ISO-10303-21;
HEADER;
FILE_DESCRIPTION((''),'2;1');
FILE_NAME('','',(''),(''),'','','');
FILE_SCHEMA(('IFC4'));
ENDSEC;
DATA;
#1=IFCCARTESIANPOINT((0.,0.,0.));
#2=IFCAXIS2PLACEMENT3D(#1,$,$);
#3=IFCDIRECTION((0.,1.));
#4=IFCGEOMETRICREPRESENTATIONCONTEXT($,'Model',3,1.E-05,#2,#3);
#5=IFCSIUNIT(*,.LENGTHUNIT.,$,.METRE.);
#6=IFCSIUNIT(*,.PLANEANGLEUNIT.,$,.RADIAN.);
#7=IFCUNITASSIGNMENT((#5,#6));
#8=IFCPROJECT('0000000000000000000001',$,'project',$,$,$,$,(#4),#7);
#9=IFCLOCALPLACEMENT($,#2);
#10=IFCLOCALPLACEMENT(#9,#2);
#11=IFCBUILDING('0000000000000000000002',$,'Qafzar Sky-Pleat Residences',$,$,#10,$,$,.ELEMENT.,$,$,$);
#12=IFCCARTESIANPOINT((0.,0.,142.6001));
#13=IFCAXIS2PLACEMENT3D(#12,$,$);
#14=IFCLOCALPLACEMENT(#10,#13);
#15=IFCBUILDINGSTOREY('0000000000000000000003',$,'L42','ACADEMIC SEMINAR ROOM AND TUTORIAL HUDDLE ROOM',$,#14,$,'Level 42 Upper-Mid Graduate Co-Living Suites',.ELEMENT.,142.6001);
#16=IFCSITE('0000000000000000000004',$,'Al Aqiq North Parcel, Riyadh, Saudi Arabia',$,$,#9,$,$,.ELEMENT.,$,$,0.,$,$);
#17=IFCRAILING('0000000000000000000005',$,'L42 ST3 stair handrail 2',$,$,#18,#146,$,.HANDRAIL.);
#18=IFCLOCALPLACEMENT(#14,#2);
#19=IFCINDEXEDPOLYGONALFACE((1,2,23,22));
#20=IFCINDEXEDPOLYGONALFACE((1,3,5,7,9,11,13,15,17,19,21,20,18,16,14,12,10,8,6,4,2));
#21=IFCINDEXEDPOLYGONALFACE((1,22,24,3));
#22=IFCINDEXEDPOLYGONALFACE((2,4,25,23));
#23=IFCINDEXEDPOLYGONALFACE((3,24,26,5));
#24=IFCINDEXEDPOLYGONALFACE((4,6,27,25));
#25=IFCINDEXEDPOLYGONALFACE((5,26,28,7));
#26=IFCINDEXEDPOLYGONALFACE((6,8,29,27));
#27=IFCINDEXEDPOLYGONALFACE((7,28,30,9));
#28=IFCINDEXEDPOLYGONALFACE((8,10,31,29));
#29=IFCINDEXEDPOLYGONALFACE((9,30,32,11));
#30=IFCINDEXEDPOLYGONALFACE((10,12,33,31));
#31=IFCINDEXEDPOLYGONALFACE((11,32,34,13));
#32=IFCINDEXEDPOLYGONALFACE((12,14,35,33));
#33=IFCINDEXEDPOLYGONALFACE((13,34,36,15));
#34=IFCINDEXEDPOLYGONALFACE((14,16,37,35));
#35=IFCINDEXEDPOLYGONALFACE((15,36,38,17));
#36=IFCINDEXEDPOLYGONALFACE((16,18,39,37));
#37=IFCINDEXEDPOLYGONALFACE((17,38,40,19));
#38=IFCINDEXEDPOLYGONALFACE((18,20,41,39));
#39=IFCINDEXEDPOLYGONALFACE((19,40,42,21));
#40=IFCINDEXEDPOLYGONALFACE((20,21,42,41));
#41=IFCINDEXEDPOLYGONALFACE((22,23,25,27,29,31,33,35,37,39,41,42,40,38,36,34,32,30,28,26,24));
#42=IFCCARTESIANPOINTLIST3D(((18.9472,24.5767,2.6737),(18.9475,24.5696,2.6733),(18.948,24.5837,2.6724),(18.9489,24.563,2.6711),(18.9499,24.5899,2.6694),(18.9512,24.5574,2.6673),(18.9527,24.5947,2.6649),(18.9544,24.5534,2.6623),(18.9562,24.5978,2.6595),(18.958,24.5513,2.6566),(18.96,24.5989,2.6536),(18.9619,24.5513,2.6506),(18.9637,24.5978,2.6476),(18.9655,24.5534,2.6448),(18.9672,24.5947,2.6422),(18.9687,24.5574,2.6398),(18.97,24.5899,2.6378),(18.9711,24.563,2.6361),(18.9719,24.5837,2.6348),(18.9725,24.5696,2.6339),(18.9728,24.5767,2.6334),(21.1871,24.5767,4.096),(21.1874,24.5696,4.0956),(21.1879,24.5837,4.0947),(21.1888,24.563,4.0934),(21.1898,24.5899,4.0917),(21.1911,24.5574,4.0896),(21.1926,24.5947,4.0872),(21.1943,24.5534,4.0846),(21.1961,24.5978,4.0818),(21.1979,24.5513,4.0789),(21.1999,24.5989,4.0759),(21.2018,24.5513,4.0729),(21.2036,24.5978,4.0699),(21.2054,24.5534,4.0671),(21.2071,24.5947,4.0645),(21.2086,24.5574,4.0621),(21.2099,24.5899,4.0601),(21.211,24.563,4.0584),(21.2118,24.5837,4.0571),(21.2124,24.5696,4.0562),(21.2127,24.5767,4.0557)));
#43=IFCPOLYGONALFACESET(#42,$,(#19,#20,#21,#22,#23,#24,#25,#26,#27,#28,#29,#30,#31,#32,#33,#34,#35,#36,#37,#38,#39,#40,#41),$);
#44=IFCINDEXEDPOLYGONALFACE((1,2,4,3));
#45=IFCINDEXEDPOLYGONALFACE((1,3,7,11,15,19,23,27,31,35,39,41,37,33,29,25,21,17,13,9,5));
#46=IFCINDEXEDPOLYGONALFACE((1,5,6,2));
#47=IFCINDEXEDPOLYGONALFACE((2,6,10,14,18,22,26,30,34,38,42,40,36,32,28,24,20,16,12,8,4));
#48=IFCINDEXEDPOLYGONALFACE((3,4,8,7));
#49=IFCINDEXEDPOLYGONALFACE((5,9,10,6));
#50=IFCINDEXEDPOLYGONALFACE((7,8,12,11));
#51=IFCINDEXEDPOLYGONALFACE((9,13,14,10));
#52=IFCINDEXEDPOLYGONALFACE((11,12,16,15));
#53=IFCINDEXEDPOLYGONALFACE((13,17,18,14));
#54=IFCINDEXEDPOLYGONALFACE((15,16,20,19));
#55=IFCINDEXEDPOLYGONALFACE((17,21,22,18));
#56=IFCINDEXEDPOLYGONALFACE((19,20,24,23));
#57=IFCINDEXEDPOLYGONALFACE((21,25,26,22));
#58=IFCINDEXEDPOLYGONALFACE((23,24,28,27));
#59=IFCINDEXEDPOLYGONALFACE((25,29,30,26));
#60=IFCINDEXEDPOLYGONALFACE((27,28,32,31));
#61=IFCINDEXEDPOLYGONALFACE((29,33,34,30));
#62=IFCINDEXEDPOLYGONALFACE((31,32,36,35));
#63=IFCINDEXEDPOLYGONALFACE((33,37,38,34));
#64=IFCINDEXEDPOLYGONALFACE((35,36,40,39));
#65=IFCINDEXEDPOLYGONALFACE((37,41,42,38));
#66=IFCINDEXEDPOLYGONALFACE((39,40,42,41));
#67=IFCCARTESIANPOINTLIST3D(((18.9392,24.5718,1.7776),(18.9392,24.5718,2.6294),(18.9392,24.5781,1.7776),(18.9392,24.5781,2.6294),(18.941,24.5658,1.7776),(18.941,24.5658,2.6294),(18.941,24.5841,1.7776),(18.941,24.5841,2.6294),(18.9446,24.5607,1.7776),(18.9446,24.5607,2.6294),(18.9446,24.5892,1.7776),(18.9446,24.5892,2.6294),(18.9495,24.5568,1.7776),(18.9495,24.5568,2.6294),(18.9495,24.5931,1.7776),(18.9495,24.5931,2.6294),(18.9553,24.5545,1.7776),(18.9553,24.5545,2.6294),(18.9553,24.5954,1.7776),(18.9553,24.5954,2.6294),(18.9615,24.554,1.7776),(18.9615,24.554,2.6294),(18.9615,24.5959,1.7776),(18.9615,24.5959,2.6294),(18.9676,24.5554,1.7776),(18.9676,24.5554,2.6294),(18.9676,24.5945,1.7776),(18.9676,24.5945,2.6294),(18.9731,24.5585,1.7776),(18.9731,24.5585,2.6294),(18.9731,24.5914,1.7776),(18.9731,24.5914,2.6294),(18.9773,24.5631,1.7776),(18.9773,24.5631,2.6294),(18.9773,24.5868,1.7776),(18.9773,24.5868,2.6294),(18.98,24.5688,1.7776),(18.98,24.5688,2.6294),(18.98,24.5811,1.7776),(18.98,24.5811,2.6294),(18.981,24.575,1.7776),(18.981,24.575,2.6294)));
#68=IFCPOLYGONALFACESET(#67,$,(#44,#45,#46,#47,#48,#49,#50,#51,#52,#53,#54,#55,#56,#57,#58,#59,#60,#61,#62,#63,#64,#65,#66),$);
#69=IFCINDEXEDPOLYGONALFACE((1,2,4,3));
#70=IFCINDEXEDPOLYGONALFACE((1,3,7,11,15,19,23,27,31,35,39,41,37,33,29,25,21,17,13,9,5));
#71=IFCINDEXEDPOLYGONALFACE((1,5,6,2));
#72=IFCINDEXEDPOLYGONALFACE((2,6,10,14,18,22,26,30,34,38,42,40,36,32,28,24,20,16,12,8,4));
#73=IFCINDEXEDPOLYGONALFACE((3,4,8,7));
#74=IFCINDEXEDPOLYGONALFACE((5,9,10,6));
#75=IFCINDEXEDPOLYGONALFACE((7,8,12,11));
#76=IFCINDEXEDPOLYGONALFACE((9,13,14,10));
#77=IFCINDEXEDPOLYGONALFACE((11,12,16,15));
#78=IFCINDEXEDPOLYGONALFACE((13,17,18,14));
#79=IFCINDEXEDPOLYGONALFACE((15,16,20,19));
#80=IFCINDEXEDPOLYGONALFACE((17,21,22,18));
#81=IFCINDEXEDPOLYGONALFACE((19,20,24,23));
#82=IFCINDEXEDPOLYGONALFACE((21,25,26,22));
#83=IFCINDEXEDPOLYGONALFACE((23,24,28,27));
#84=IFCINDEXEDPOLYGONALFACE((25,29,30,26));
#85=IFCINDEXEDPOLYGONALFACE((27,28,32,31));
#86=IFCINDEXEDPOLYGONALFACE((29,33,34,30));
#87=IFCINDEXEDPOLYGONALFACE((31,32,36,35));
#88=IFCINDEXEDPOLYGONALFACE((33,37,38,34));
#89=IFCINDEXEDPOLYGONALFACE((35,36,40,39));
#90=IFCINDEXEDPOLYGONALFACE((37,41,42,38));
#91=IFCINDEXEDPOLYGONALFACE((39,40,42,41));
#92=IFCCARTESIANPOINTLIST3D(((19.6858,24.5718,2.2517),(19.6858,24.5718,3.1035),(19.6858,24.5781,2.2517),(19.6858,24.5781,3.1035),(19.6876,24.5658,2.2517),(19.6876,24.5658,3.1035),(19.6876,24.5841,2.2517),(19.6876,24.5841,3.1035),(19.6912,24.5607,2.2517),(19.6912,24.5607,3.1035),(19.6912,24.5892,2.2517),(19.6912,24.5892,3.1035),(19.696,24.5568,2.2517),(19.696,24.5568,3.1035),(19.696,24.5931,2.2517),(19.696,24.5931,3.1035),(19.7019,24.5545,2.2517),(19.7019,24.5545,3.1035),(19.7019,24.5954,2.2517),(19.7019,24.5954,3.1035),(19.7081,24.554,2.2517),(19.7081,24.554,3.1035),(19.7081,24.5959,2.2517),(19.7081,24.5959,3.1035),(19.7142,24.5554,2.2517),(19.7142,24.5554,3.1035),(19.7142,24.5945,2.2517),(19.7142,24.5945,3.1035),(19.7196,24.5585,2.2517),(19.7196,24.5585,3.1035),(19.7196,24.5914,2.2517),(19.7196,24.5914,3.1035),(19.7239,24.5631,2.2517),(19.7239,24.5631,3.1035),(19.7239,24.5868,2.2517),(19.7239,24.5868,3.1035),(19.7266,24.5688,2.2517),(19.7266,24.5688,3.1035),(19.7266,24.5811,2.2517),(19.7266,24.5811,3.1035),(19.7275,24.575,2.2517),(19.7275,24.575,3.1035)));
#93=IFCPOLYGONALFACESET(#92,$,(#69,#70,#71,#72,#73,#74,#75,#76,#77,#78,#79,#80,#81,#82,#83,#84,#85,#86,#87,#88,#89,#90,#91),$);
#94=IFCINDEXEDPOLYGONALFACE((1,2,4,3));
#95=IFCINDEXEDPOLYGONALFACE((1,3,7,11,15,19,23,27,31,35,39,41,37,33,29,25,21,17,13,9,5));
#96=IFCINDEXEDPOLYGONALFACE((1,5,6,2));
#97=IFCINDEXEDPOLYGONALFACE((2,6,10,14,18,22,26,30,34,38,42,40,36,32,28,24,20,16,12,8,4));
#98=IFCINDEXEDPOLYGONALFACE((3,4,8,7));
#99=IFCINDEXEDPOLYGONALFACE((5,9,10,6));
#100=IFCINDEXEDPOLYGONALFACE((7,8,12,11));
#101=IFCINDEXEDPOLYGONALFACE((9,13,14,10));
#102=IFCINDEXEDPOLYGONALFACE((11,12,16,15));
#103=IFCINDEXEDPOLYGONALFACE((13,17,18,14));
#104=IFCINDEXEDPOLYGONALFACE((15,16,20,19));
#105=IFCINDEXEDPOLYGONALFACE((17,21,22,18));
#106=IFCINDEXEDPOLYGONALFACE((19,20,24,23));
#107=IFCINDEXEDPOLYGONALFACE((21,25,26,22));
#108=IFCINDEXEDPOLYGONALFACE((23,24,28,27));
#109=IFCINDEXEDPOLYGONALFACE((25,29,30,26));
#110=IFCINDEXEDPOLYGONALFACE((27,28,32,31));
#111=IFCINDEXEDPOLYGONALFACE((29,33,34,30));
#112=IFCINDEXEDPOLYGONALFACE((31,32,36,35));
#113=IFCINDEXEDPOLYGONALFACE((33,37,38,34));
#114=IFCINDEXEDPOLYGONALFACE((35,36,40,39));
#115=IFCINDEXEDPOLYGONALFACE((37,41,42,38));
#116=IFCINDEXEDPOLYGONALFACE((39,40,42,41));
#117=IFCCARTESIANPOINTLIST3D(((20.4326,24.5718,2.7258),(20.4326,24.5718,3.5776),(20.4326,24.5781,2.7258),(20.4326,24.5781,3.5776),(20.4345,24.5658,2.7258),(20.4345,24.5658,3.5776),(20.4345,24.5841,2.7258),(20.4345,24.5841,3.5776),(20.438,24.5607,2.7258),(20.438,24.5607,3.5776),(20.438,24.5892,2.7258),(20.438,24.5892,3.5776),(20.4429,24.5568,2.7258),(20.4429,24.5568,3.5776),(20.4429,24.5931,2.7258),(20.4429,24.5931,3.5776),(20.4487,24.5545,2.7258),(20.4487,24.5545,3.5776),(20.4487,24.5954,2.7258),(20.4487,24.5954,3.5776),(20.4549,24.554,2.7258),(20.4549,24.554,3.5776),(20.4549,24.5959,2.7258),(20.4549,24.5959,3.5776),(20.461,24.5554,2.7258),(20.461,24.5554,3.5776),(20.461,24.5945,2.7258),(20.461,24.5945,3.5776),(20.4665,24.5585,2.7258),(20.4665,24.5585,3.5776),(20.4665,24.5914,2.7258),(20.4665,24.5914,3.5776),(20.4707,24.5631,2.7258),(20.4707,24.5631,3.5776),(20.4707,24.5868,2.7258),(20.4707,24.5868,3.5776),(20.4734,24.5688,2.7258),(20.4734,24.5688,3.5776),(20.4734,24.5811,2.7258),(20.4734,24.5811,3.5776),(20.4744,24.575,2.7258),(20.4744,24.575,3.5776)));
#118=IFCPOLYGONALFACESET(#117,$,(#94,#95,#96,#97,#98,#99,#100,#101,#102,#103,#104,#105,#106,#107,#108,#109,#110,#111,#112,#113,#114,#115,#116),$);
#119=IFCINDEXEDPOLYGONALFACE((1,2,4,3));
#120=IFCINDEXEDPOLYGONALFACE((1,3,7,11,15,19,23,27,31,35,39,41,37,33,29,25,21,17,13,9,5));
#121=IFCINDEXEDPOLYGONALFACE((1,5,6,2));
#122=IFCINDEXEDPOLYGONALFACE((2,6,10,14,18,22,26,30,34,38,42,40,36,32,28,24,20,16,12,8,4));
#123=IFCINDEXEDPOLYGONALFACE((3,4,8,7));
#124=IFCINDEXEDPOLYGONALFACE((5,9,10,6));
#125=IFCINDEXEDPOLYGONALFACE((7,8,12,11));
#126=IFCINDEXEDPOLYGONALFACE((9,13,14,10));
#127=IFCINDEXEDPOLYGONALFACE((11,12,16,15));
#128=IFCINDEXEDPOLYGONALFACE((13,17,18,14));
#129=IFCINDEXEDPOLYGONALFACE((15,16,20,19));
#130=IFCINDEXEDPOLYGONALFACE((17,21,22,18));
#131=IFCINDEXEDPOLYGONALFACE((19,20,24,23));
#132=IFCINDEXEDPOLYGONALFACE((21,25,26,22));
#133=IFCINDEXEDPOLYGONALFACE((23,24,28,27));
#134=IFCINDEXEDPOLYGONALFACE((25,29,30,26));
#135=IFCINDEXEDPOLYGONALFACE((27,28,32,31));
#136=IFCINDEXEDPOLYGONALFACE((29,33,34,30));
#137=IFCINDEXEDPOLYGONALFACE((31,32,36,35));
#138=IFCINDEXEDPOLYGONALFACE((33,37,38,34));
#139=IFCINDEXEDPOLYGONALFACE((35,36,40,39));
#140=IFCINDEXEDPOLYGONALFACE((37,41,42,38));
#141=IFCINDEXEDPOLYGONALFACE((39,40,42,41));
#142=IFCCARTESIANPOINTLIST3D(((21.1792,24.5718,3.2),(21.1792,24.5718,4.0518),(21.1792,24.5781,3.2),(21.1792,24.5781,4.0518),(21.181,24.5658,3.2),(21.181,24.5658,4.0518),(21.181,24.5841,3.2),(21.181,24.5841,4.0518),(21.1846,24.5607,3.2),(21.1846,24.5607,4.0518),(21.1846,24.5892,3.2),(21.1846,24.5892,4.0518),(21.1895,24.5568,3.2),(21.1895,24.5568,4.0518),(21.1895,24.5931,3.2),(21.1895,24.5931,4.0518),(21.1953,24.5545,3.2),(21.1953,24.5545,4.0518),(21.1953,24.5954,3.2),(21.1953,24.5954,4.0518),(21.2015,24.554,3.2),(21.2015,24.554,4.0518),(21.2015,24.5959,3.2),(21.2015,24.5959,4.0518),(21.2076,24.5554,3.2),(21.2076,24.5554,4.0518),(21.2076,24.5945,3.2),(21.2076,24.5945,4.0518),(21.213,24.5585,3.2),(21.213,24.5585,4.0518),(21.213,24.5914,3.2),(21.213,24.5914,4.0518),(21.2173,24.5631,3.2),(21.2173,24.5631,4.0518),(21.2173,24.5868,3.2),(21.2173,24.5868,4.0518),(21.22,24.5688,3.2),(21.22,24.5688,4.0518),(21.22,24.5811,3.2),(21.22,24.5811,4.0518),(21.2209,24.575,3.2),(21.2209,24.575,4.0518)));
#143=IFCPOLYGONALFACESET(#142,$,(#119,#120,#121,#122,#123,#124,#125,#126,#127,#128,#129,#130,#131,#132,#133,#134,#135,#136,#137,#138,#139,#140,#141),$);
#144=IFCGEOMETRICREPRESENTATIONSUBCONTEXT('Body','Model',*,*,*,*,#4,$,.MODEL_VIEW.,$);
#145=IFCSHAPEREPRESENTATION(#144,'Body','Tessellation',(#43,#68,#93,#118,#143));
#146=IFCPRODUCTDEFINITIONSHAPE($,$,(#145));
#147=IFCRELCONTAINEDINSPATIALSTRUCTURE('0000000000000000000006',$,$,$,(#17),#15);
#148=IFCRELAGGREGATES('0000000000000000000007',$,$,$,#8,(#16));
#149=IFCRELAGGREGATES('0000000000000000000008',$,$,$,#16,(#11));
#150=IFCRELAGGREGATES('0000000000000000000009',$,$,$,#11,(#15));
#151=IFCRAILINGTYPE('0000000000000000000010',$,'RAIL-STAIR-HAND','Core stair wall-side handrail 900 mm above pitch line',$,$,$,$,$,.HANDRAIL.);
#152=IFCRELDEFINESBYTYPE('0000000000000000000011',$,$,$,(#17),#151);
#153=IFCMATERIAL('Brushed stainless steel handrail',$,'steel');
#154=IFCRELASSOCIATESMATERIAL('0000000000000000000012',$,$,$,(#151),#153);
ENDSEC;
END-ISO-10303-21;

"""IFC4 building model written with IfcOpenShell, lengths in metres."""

from ifc_helpers import new_model, si_unit, direction, frame, origin, origin_2d, place, context, subcontext, project, spatial, circle, extrude, source, transform, mapped, material, type_object, element, save


model = new_model("IFC4")

# Units and contexts
model_context = context("Model", 3, precision=1e-05, world=origin(), true_north=direction((0.0, 1.0)))
body_context = subcontext(model_context, "Body", "Model", "MODEL_VIEW")
ifc_project = project(units=[si_unit("LENGTHUNIT", "METRE"), si_unit("PLANEANGLEUNIT", "RADIAN")], contexts=[model_context])

# Site, building, storey
site_placement = place(None, origin())
site = spatial("IfcSite", under=ifc_project, at=site_placement, Name="Al Aqiq North Parcel, Riyadh, Saudi Arabia", CompositionType="ELEMENT", RefElevation=0.0)
building_placement = place(site_placement, origin())
building = spatial("IfcBuilding", under=site, at=building_placement, Name="Qafzar Sky-Pleat Residences", CompositionType="ELEMENT")
storey_placement = place(building_placement, frame((0.0, 0.0, 142.6001)))
storey = spatial("IfcBuildingStorey", under=building, at=storey_placement, Name="L42", Description="ACADEMIC SEMINAR ROOM AND TUTORIAL HUDDLE ROOM", LongName="Level 42 Upper-Mid Graduate Co-Living Suites", CompositionType="ELEMENT", Elevation=142.6001)

# Railing
ifc_material_1 = material(Name="Brushed stainless steel handrail", Category="steel")
railing_type_1 = type_object("IfcRailingType", Name="RAIL-STAIR-HAND", Description="Core stair wall-side handrail 900 mm above pitch line", PredefinedType="HANDRAIL", material=ifc_material_1)
shared_shape_1 = source(origin(), body_context, "Body", "SweptSolid", [
    extrude(circle(Radius=0.0239, at=origin_2d()), frame((0.0, 0.0, 0.876), z_axis=(0.844188, 0.0, 0.536048), x_axis=(0.0, 1.0, 0.0)), (0.0, 0.0, 1.0), 2.6533),
    extrude(circle(Radius=0.021, at=origin_2d()), origin(), (0.0, 0.0, 1.0), 0.8518),
    extrude(circle(Radius=0.021, at=origin_2d()), frame((0.7466, 0.0, 0.4741)), (0.0, 0.0, 1.0), 0.8518),
    extrude(circle(Radius=0.021, at=origin_2d()), frame((1.4934, 0.0, 0.9482)), (0.0, 0.0, 1.0), 0.8518),
    extrude(circle(Radius=0.021, at=origin_2d()), frame((2.24, 0.0, 1.4224)), (0.0, 0.0, 1.0), 0.8518),
])
railing_1_placement = place(storey_placement, frame((18.96, 24.575, 1.7776)))
element("IfcRailing", 1, at=railing_1_placement, inside=storey, type_object=railing_type_1, Name="L42 ST3 stair handrail 2", PredefinedType="HANDRAIL", context=body_context, shape_type="MappedRepresentation", body=[
    mapped(shared_shape_1, transform((0.0, 0.0, 0.0), x_axis=(1.0, 0.0, 0.0), y_axis=(0.0, 1.0, 0.0), z_axis=(0.0, 0.0, 1.0), scale=1.0)),
])

save(model, "model.ifc")
